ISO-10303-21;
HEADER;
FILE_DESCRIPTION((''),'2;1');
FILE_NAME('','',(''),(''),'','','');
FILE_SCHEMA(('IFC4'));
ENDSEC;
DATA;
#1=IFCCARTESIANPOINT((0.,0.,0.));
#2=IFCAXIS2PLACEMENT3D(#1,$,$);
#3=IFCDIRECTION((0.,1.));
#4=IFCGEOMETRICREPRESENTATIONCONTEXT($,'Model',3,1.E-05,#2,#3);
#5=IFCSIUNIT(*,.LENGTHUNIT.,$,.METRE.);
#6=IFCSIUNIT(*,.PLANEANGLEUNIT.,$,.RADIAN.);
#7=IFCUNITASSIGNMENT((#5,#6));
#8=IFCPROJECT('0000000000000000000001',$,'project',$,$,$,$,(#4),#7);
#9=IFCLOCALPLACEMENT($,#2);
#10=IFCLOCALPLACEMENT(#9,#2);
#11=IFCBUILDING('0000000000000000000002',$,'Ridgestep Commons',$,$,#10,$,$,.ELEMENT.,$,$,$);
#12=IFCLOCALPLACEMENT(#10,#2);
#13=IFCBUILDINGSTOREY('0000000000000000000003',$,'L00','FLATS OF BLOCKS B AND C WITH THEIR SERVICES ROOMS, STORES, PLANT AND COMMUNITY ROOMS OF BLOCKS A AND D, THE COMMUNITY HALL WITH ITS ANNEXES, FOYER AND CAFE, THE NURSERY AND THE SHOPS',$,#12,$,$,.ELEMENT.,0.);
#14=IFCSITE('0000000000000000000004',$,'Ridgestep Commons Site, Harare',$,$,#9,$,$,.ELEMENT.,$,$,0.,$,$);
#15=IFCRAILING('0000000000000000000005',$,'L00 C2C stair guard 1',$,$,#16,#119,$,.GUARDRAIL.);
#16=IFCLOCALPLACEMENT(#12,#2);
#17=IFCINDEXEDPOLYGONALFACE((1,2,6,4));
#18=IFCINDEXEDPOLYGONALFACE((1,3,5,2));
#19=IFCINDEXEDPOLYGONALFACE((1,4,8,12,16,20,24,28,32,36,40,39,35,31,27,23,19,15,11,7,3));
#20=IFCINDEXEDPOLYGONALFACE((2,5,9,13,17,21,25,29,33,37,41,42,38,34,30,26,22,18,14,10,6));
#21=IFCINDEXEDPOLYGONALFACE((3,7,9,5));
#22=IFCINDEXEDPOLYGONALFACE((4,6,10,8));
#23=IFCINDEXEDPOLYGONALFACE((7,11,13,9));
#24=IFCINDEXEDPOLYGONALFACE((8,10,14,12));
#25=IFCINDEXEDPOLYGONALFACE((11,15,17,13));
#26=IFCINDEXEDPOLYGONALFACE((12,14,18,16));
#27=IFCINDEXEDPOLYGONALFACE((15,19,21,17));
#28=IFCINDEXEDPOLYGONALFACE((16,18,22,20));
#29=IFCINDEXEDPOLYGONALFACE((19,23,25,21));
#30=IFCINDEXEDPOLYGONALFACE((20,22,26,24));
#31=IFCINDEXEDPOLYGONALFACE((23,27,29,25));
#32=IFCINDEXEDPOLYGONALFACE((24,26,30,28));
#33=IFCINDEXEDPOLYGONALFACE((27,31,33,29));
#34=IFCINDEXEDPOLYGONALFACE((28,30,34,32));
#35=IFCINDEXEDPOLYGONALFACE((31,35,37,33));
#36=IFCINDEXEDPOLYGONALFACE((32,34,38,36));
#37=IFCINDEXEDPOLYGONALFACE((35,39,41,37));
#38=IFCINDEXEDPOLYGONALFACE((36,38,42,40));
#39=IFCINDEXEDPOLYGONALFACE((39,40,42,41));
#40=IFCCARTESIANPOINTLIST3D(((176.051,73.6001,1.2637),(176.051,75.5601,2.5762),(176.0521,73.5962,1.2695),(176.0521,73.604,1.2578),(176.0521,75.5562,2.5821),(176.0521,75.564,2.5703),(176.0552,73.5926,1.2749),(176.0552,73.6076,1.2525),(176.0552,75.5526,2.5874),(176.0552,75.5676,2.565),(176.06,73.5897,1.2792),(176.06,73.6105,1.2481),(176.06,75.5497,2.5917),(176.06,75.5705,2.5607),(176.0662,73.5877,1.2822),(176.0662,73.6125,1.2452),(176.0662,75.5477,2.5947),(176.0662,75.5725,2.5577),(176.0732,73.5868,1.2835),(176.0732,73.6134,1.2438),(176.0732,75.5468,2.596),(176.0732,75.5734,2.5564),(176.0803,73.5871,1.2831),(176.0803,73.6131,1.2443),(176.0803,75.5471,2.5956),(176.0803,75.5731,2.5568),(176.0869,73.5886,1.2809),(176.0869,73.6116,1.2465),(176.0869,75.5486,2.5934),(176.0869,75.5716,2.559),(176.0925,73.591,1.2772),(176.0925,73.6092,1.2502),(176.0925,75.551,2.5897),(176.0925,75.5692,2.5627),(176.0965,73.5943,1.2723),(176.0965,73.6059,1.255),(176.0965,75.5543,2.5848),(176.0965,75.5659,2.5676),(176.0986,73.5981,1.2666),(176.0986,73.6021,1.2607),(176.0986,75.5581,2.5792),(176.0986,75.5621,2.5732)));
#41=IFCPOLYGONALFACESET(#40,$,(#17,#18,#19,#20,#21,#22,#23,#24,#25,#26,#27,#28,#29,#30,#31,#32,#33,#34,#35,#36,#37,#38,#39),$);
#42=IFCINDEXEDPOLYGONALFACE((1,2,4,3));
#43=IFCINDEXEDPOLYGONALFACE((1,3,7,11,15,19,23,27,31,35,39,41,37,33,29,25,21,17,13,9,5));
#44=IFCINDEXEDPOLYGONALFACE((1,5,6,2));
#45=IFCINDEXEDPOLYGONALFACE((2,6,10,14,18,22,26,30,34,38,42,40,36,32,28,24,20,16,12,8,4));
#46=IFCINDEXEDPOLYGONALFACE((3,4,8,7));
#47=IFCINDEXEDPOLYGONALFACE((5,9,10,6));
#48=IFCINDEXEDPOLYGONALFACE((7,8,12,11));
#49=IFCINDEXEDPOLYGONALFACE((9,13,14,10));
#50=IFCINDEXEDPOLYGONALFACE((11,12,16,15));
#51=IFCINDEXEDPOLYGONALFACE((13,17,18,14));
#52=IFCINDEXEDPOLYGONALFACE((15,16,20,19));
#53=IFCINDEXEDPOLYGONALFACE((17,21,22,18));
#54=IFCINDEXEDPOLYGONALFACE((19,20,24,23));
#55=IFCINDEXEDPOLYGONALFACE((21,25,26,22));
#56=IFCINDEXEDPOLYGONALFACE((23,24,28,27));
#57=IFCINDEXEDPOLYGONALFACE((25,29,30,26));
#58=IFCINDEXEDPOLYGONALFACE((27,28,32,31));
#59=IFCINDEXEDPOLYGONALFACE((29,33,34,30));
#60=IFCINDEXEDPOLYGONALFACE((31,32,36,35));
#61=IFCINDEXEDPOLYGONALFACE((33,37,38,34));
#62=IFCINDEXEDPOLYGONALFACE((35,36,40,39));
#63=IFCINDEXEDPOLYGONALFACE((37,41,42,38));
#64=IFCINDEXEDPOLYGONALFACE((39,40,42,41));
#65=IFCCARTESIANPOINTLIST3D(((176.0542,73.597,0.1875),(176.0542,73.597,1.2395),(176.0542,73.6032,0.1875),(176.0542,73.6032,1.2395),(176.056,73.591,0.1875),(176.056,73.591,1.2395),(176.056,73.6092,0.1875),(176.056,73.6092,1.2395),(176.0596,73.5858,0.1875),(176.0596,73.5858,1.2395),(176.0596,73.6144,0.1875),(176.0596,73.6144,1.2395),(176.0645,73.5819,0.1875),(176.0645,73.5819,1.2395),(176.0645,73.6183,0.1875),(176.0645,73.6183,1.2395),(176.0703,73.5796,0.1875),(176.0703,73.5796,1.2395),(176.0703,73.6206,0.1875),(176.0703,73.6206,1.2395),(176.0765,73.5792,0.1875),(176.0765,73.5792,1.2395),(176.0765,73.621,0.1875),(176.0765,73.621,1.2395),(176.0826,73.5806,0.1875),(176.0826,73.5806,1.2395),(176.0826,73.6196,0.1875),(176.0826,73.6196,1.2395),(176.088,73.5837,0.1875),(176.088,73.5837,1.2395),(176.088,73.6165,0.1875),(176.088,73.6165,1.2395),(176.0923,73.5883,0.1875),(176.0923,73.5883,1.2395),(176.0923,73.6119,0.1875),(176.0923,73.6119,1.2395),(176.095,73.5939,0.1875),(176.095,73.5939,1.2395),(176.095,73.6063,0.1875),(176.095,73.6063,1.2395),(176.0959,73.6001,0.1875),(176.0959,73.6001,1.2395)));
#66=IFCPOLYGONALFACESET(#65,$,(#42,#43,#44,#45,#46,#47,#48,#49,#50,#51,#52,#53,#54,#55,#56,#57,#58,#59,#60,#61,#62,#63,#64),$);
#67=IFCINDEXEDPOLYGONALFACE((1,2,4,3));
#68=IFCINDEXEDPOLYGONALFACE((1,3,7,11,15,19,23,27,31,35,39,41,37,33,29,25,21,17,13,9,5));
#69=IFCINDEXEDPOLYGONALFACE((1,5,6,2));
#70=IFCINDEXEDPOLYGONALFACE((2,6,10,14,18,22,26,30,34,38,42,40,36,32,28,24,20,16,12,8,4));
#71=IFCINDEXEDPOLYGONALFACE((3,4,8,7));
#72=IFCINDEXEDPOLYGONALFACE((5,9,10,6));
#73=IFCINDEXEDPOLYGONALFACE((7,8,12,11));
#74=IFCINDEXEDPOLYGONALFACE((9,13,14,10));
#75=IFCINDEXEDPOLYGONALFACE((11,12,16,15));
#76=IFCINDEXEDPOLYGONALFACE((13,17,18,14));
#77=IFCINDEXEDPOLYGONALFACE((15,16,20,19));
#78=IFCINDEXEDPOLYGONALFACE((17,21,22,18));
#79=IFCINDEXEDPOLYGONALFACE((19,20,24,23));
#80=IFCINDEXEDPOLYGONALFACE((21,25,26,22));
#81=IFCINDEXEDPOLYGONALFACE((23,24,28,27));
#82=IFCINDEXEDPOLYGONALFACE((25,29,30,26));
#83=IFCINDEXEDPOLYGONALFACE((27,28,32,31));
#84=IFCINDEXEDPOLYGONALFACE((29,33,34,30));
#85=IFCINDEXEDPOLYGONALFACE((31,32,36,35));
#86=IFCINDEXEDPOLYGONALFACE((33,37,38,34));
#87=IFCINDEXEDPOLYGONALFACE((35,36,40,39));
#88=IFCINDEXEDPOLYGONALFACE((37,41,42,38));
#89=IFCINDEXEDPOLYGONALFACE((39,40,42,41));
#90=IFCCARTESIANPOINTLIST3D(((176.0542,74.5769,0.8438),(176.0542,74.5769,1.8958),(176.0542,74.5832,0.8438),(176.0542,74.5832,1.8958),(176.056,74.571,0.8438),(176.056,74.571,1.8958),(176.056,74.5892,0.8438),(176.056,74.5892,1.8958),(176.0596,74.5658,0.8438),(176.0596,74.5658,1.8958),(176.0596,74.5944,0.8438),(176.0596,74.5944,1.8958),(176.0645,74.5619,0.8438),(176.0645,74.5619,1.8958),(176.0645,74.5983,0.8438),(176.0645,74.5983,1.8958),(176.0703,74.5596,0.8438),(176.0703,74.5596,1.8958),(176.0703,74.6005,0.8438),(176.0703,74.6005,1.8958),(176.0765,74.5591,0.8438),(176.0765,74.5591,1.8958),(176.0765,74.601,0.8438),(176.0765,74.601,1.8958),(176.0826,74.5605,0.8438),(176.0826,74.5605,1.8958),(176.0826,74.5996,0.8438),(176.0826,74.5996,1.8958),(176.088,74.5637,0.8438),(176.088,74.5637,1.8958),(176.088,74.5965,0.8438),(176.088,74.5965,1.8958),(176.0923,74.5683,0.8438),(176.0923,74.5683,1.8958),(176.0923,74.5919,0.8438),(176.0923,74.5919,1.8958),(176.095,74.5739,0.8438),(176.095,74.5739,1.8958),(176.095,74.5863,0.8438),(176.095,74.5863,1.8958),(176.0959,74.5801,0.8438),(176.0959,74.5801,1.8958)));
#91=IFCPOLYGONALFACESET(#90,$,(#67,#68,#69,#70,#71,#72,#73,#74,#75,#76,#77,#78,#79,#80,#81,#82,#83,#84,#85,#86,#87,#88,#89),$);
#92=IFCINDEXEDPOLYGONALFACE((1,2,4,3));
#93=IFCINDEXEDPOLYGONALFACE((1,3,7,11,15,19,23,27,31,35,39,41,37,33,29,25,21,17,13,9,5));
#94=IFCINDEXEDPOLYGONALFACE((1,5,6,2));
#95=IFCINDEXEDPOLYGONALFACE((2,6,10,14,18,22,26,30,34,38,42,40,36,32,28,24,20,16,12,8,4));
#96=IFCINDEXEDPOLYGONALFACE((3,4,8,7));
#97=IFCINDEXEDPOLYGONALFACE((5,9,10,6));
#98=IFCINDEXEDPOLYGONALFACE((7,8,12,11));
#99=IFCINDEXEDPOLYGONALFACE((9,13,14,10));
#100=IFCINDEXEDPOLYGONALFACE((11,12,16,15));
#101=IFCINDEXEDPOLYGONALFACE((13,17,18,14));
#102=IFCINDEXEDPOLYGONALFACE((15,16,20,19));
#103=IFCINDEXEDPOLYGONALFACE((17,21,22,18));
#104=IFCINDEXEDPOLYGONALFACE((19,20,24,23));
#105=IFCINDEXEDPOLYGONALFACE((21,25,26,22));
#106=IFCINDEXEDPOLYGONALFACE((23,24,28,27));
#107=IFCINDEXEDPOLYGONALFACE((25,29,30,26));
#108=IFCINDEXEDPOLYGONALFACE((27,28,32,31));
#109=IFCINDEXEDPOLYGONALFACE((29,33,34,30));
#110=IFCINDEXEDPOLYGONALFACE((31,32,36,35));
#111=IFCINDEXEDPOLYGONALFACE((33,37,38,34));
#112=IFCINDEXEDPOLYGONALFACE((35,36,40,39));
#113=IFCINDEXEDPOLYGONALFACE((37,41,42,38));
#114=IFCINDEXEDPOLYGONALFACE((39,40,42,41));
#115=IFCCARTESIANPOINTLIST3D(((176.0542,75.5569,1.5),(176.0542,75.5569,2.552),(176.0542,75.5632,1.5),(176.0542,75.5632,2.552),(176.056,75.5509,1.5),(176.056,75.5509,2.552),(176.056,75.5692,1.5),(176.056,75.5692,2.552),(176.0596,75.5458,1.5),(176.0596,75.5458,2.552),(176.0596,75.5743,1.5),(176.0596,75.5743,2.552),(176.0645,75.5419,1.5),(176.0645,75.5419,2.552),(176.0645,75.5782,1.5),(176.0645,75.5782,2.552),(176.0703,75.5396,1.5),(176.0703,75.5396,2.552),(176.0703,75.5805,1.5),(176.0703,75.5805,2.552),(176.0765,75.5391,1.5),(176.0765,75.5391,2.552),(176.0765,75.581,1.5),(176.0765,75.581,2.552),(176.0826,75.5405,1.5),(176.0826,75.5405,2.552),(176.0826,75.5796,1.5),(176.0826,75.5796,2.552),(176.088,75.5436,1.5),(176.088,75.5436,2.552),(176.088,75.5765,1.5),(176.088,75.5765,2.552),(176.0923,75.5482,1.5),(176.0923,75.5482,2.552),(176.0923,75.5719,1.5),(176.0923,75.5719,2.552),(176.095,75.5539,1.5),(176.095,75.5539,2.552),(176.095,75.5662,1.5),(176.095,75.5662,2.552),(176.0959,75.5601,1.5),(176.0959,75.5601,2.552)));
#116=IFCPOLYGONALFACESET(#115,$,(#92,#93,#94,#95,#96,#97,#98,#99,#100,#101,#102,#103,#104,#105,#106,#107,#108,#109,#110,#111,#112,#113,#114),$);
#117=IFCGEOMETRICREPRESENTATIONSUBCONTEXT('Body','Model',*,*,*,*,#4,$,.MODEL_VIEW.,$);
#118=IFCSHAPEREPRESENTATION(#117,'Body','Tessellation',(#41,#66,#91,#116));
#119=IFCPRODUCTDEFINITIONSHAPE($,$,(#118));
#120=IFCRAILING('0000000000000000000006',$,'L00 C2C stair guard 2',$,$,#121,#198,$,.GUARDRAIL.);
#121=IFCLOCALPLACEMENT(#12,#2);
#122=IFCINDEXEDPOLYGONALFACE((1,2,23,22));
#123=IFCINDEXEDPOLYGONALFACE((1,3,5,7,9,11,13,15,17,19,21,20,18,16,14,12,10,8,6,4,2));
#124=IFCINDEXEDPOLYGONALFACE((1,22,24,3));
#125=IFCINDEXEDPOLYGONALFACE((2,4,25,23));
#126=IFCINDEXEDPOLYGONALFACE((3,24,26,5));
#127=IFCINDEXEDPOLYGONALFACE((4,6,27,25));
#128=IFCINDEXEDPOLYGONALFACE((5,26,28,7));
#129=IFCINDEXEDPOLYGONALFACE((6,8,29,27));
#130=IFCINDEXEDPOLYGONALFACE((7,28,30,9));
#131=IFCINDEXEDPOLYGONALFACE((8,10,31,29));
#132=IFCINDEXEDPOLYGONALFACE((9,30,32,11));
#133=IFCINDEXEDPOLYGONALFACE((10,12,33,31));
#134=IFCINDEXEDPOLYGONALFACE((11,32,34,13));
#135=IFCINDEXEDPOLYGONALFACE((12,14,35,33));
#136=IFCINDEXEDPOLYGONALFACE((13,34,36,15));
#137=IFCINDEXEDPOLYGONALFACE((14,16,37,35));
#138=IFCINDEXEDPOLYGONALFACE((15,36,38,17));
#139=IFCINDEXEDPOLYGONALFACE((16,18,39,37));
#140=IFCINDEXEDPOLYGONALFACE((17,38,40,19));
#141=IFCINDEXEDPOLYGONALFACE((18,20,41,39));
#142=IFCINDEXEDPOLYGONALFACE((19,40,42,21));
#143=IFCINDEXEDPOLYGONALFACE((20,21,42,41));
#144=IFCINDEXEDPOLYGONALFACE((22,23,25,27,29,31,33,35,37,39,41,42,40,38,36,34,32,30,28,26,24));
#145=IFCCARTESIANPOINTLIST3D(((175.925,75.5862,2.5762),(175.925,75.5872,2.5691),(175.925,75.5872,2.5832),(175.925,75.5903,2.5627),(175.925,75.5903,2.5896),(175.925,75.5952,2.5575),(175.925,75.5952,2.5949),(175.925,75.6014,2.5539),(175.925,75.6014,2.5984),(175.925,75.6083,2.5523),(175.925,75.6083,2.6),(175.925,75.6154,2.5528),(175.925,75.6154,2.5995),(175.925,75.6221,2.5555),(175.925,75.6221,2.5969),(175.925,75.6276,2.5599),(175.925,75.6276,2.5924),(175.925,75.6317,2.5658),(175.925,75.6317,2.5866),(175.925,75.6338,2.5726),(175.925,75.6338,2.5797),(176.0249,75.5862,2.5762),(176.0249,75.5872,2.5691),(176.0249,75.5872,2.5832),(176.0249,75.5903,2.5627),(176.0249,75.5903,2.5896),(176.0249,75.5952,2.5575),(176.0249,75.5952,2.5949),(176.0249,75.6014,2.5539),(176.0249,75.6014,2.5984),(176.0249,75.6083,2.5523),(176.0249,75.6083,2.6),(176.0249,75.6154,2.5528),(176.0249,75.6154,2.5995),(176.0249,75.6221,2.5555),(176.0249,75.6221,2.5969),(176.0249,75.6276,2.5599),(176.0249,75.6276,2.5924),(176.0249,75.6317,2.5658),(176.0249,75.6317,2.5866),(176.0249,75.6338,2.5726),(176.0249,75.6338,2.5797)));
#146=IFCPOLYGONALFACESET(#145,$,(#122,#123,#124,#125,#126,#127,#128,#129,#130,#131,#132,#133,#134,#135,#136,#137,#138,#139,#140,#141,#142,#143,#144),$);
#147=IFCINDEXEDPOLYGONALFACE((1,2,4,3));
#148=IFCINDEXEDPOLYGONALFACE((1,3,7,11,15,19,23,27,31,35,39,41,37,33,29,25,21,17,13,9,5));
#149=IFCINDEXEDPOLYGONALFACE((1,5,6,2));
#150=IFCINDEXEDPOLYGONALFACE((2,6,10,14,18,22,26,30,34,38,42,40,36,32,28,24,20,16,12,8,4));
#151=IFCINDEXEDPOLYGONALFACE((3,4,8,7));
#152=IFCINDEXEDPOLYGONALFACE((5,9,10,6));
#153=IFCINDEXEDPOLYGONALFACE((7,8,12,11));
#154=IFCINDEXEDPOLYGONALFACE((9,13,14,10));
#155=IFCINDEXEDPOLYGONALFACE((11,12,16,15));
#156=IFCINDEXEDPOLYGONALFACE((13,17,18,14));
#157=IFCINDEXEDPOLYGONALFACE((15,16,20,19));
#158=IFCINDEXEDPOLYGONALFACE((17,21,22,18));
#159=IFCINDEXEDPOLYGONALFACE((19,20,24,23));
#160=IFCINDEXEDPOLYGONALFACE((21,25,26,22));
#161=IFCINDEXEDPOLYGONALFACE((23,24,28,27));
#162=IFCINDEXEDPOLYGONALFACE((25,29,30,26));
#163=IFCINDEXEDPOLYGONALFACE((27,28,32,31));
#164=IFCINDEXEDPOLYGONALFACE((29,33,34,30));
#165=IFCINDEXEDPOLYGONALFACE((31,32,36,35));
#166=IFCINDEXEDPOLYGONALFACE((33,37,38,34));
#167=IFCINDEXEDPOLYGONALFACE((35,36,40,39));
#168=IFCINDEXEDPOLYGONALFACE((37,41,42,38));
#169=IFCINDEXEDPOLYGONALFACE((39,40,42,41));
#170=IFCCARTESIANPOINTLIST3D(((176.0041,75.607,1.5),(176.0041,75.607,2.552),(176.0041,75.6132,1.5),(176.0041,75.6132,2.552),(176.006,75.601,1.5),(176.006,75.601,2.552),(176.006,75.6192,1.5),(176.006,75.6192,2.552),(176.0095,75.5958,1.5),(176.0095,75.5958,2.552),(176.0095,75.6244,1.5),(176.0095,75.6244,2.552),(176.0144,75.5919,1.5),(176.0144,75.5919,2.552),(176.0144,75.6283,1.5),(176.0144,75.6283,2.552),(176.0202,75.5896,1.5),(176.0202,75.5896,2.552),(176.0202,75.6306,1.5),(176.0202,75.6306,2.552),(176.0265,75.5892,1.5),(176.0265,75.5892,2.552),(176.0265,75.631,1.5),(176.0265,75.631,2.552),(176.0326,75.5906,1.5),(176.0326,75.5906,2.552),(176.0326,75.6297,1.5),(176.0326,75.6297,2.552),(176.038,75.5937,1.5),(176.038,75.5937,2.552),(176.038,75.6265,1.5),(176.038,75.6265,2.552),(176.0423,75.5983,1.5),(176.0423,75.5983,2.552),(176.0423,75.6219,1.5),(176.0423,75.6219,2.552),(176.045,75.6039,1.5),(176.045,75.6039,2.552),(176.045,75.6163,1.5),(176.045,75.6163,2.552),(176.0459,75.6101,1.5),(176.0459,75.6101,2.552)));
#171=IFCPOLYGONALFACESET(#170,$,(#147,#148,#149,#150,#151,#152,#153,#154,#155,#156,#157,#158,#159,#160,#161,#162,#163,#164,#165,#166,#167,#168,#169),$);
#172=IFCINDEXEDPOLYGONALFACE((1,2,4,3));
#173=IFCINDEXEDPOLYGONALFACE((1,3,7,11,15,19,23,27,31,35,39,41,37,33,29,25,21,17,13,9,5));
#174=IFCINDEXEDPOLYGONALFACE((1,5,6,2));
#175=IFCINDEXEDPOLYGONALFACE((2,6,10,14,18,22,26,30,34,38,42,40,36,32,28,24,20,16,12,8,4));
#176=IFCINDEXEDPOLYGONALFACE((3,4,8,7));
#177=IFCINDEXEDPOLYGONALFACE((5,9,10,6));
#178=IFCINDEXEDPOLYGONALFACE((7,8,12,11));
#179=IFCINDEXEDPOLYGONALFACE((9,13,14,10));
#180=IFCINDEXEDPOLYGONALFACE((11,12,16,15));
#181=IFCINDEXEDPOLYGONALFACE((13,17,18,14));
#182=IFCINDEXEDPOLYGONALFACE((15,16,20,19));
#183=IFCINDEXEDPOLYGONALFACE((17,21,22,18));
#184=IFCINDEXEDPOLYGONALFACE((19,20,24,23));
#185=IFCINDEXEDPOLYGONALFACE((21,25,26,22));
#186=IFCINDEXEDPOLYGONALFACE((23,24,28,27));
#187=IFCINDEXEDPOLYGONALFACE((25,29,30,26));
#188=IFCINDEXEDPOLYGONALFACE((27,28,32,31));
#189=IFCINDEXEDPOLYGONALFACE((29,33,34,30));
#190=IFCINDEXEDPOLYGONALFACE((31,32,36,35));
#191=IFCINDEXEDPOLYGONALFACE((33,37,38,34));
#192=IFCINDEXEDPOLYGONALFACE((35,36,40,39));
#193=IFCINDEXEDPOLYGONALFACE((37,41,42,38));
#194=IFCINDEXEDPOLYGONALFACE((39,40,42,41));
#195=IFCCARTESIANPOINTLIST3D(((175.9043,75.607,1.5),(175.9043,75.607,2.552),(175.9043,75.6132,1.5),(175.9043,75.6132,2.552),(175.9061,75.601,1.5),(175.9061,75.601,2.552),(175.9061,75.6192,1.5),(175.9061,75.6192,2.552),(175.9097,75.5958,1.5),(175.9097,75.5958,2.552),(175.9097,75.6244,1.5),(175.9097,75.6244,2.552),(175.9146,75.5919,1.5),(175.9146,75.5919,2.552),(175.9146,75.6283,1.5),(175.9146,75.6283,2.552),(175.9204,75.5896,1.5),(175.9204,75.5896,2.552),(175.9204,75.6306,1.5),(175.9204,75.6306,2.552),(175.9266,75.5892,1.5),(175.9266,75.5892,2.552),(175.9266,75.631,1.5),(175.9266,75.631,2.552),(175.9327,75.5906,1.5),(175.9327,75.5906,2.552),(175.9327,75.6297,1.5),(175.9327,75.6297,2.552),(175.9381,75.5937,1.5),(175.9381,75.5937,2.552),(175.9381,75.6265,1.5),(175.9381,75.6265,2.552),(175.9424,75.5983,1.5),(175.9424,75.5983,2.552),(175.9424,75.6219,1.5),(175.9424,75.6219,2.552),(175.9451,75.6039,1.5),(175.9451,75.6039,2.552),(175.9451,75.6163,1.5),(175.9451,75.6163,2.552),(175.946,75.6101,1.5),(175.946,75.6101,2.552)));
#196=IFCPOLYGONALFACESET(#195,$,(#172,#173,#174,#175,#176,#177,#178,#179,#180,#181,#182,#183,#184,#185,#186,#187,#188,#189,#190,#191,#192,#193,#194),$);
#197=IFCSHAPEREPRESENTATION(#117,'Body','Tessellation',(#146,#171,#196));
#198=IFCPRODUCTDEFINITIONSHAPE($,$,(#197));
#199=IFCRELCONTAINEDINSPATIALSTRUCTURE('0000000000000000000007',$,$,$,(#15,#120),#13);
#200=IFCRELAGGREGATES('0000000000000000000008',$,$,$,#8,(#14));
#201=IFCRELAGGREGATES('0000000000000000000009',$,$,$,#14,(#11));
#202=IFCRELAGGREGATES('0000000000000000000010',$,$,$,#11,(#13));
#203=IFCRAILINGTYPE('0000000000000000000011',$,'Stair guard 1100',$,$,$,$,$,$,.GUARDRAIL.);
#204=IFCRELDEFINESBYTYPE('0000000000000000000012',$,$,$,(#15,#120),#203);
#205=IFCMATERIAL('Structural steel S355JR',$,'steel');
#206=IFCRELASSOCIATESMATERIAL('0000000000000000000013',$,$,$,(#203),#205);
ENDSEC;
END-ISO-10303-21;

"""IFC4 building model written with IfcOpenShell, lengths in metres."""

from ifc_helpers import new_model, si_unit, direction, frame, origin, origin_2d, place, context, subcontext, project, spatial, circle, extrude, material, type_object, element, save


model = new_model("IFC4")

# Units and contexts
model_context = context("Model", 3, precision=1e-05, world=origin(), true_north=direction((0.0, 1.0)))
body_context = subcontext(model_context, "Body", "Model", "MODEL_VIEW")
ifc_project = project(units=[si_unit("LENGTHUNIT", "METRE"), si_unit("PLANEANGLEUNIT", "RADIAN")], contexts=[model_context])

# Site, building, storey
site_placement = place(None, origin())
site = spatial("IfcSite", under=ifc_project, at=site_placement, Name="Ridgestep Commons Site, Harare", CompositionType="ELEMENT", RefElevation=0.0)
building_placement = place(site_placement, origin())
building = spatial("IfcBuilding", under=site, at=building_placement, Name="Ridgestep Commons", CompositionType="ELEMENT")
storey_placement = place(building_placement, origin())
storey = spatial("IfcBuildingStorey", under=building, at=storey_placement, Name="L00", Description="FLATS OF BLOCKS B AND C WITH THEIR SERVICES ROOMS, STORES, PLANT AND COMMUNITY ROOMS OF BLOCKS A AND D, THE COMMUNITY HALL WITH ITS ANNEXES, FOYER AND CAFE, THE NURSERY AND THE SHOPS", CompositionType="ELEMENT", Elevation=0.0)

# Railings
ifc_material_1 = material(Name="Structural steel S355JR", Category="steel")
railing_type_1 = type_object("IfcRailingType", Name="Stair guard 1100", PredefinedType="GUARDRAIL", material=ifc_material_1)
railing_1_placement = place(storey_placement, frame((176.075, 73.6001, 0.1875)))
element("IfcRailing", 1, at=railing_1_placement, inside=storey, type_object=railing_type_1, Name="L00 C2C stair guard 1", PredefinedType="GUARDRAIL", context=body_context, shape_type="SweptSolid", body=[
    extrude(circle(Radius=0.0239, at=origin_2d()), frame((0.0, 0.0, 1.0762), z_axis=(0.0, 0.830902, 0.556419), x_axis=(-1.0, 0.0, 0.0)), (0.0, 0.0, 1.0), 2.3589),
    extrude(circle(Radius=0.021, at=origin_2d()), origin(), (0.0, 0.0, 1.0), 1.052),
    extrude(circle(Radius=0.021, at=origin_2d()), frame((0.0, 0.98, 0.6562)), (0.0, 0.0, 1.0), 1.052),
    extrude(circle(Radius=0.021, at=origin_2d()), frame((0.0, 1.96, 1.3125)), (0.0, 0.0, 1.0), 1.052),
])
railing_2_placement = place(storey_placement, frame((176.0249, 75.6101, 1.5)))
element("IfcRailing", 2, at=railing_2_placement, inside=storey, type_object=railing_type_1, Name="L00 C2C stair guard 2", PredefinedType="GUARDRAIL", context=body_context, shape_type="SweptSolid", body=[
    extrude(circle(Radius=0.0239, at=origin_2d()), frame((0.0, 0.0, 1.0762), z_axis=(-1.0, 0.0, 0.0), x_axis=(0.0, -1.0, 0.0)), (0.0, 0.0, 1.0), 0.0999),
    extrude(circle(Radius=0.021, at=origin_2d()), origin(), (0.0, 0.0, 1.0), 1.052),
    extrude(circle(Radius=0.021, at=origin_2d()), frame((-0.0999, 0.0, 0.0)), (0.0, 0.0, 1.0), 1.052),
])

save(model, "model.ifc")
